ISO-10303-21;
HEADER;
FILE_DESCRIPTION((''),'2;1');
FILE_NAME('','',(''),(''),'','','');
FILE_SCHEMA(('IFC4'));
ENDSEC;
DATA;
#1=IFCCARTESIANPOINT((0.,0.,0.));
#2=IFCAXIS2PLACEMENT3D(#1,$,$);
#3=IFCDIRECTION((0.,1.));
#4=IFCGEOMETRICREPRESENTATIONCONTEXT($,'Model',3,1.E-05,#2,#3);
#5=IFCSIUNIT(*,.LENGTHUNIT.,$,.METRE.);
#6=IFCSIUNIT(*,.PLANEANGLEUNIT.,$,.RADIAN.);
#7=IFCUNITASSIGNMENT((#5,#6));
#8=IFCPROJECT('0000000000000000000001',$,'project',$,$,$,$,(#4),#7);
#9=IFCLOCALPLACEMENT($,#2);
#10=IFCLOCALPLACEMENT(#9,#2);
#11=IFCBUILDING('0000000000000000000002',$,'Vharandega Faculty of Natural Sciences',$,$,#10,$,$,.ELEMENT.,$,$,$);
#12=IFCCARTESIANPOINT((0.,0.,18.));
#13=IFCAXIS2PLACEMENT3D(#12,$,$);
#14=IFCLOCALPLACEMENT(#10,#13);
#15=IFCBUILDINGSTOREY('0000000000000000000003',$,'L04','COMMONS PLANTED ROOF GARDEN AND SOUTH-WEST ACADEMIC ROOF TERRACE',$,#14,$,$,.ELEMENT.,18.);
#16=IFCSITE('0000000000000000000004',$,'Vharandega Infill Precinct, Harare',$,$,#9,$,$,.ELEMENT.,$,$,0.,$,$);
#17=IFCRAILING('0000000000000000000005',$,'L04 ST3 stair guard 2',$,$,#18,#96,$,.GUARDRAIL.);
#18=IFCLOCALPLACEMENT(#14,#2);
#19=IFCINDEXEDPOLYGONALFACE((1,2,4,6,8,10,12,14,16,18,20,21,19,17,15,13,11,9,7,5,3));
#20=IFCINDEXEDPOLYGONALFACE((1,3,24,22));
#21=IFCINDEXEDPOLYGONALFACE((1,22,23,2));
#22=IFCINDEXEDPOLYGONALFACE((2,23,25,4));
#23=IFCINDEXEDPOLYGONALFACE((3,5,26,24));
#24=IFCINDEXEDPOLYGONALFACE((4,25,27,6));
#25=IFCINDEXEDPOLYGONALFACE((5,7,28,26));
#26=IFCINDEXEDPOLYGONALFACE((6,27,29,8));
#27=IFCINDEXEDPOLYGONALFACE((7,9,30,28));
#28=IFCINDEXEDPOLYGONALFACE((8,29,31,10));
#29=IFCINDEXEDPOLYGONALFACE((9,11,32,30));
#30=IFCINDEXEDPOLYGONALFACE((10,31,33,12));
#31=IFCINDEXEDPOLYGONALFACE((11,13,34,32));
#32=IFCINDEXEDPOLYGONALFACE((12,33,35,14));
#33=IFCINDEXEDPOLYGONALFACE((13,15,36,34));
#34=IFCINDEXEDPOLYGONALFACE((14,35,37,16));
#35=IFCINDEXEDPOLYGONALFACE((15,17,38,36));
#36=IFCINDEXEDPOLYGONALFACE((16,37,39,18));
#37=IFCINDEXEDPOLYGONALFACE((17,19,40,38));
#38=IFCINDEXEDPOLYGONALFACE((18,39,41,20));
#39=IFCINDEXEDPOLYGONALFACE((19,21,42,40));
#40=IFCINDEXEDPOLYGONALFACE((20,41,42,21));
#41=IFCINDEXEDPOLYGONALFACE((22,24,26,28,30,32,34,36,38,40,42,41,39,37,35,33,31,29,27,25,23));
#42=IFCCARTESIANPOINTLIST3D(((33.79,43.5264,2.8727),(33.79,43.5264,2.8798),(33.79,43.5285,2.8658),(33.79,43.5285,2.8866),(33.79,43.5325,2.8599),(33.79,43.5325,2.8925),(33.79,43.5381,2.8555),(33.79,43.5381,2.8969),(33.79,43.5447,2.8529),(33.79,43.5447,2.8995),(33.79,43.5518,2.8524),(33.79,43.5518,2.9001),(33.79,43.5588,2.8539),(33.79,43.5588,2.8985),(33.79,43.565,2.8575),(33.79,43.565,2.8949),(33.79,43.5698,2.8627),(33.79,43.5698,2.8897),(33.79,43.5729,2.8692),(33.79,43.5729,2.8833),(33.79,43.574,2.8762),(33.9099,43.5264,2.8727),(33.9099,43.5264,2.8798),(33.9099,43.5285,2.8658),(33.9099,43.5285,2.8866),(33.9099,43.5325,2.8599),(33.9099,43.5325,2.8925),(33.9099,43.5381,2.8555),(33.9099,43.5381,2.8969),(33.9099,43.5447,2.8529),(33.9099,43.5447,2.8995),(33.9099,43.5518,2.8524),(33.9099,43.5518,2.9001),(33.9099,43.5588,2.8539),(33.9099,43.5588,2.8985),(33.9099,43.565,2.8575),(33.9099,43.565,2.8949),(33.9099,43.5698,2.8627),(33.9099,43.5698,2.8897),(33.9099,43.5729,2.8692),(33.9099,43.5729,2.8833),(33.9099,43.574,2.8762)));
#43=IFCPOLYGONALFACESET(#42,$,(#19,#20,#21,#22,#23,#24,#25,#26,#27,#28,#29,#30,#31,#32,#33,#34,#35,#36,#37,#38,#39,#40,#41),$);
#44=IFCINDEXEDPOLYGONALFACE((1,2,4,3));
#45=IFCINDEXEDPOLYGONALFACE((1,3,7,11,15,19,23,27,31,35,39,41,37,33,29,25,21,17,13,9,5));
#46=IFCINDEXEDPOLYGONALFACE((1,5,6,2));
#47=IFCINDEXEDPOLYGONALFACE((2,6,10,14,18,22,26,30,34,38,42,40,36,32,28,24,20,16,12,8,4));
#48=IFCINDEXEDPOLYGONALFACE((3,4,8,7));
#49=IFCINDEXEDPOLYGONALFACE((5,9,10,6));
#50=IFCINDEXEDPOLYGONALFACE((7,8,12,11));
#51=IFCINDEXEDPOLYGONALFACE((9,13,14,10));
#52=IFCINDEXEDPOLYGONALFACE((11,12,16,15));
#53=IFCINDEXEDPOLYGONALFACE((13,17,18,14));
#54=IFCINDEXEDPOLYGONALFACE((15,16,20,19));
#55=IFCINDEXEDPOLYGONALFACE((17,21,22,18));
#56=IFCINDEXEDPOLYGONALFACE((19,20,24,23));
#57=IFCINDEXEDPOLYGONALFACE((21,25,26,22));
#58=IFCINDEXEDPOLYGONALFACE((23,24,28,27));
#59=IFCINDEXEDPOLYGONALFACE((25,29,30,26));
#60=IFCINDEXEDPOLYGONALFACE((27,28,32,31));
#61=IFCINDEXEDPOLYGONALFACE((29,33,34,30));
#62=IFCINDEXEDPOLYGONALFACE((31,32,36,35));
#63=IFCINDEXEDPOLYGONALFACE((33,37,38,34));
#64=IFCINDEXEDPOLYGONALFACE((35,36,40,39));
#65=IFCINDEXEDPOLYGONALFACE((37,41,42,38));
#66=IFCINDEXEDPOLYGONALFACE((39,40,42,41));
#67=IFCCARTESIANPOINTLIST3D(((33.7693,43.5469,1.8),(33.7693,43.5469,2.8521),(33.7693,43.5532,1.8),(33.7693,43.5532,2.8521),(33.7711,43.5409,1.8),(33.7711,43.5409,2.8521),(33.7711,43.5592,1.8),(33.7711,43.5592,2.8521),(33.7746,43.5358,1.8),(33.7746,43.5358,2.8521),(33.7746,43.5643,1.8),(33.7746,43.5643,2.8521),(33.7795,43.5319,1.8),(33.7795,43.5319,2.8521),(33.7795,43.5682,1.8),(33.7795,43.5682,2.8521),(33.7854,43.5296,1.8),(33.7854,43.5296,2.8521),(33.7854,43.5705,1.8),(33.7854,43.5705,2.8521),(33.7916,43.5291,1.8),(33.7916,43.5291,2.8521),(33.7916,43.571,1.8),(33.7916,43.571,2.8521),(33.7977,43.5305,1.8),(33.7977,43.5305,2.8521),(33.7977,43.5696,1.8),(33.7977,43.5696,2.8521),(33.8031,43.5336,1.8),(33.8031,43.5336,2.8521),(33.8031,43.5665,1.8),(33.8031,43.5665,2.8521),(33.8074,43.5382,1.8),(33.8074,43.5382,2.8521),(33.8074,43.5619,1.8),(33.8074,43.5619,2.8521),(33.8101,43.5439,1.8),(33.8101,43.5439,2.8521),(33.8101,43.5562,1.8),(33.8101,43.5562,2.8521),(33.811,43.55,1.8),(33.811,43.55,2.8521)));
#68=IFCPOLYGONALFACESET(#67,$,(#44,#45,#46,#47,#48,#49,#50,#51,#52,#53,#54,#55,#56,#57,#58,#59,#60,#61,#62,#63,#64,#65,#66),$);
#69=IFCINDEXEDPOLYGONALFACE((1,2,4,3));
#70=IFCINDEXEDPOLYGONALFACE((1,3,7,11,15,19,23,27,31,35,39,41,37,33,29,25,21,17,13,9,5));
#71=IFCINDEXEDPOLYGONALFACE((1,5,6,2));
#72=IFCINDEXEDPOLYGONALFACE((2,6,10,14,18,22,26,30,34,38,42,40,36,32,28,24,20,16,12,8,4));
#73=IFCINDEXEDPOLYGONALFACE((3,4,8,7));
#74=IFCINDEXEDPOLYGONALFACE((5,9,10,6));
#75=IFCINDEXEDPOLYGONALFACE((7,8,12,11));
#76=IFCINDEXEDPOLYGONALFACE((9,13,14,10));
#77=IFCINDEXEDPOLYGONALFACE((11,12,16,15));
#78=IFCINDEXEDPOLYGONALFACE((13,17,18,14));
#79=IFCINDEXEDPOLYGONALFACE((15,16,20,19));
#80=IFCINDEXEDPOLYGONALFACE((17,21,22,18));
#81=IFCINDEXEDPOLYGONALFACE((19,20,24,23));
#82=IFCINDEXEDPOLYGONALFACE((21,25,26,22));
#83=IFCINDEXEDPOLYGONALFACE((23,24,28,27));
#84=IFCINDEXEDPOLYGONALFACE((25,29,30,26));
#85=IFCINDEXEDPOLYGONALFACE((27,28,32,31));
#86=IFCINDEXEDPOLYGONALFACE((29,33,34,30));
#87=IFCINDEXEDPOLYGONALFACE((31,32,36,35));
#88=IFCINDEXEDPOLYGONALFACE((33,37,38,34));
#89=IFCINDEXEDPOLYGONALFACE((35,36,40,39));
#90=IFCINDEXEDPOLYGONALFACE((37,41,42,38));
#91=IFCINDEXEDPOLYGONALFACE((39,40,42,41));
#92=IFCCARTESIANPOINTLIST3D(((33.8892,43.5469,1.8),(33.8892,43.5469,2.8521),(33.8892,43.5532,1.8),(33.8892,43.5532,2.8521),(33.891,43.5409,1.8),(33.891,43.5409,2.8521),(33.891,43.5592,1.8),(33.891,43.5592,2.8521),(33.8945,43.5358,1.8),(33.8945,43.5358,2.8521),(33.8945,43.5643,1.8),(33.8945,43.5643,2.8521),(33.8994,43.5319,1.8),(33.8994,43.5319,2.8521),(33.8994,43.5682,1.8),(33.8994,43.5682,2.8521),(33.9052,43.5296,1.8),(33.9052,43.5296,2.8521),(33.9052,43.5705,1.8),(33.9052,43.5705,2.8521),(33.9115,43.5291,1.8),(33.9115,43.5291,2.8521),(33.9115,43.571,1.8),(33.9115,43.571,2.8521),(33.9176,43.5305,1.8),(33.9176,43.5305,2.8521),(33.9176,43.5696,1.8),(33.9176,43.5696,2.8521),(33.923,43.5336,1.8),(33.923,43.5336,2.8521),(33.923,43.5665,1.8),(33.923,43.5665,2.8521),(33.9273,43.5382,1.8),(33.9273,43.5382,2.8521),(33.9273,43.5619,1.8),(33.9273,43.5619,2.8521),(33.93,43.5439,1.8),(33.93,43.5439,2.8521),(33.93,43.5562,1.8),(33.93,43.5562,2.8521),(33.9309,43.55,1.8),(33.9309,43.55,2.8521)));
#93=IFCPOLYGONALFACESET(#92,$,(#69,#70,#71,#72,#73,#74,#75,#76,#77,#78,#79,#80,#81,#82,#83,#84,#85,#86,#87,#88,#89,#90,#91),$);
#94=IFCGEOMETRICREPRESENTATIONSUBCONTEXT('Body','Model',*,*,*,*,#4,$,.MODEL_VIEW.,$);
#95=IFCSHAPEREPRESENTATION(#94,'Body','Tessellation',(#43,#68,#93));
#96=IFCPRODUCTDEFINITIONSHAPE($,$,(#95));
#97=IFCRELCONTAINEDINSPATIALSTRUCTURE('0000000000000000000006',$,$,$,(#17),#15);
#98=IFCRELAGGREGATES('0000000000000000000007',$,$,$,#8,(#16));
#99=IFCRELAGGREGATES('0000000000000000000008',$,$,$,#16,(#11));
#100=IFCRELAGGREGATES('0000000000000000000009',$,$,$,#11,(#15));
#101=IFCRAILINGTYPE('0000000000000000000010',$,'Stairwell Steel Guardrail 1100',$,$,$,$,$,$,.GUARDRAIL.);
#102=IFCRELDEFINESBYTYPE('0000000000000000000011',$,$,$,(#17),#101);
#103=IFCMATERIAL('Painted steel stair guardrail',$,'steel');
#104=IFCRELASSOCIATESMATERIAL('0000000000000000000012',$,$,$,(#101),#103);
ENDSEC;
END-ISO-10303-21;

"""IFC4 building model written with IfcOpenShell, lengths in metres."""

from ifc_helpers import new_model, si_unit, direction, frame, origin, origin_2d, place, context, subcontext, project, spatial, circle, extrude, material, type_object, element, save


model = new_model("IFC4")

# Units and contexts
model_context = context("Model", 3, precision=1e-05, world=origin(), true_north=direction((0.0, 1.0)))
body_context = subcontext(model_context, "Body", "Model", "MODEL_VIEW")
ifc_project = project(units=[si_unit("LENGTHUNIT", "METRE"), si_unit("PLANEANGLEUNIT", "RADIAN")], contexts=[model_context])

# Site, building, storey
site_placement = place(None, origin())
site = spatial("IfcSite", under=ifc_project, at=site_placement, Name="Vharandega Infill Precinct, Harare", CompositionType="ELEMENT", RefElevation=0.0)
building_placement = place(site_placement, origin())
building = spatial("IfcBuilding", under=site, at=building_placement, Name="Vharandega Faculty of Natural Sciences", CompositionType="ELEMENT")
storey_placement = place(building_placement, frame((0.0, 0.0, 18.0)))
storey = spatial("IfcBuildingStorey", under=building, at=storey_placement, Name="L04", Description="COMMONS PLANTED ROOF GARDEN AND SOUTH-WEST ACADEMIC ROOF TERRACE", CompositionType="ELEMENT", Elevation=18.0)

# Railing
ifc_material_1 = material(Name="Painted steel stair guardrail", Category="steel")
railing_type_1 = type_object("IfcRailingType", Name="Stairwell Steel Guardrail 1100", PredefinedType="GUARDRAIL", material=ifc_material_1)
railing_1_placement = place(storey_placement, frame((33.79, 43.55, 1.8)))
element("IfcRailing", 1, at=railing_1_placement, inside=storey, type_object=railing_type_1, Name="L04 ST3 stair guard 2", PredefinedType="GUARDRAIL", context=body_context, shape_type="SweptSolid", body=[
    extrude(circle(Radius=0.0239, at=origin_2d()), frame((0.0, 0.0, 1.0762), z_axis=(1.0, 0.0, 0.0), x_axis=(0.0, 1.0, 0.0)), (0.0, 0.0, 1.0), 0.1199),
    extrude(circle(Radius=0.021, at=origin_2d()), origin(), (0.0, 0.0, 1.0), 1.052),
    extrude(circle(Radius=0.021, at=origin_2d()), frame((0.1199, 0.0, 0.0)), (0.0, 0.0, 1.0), 1.052),
])

save(model, "model.ifc")
